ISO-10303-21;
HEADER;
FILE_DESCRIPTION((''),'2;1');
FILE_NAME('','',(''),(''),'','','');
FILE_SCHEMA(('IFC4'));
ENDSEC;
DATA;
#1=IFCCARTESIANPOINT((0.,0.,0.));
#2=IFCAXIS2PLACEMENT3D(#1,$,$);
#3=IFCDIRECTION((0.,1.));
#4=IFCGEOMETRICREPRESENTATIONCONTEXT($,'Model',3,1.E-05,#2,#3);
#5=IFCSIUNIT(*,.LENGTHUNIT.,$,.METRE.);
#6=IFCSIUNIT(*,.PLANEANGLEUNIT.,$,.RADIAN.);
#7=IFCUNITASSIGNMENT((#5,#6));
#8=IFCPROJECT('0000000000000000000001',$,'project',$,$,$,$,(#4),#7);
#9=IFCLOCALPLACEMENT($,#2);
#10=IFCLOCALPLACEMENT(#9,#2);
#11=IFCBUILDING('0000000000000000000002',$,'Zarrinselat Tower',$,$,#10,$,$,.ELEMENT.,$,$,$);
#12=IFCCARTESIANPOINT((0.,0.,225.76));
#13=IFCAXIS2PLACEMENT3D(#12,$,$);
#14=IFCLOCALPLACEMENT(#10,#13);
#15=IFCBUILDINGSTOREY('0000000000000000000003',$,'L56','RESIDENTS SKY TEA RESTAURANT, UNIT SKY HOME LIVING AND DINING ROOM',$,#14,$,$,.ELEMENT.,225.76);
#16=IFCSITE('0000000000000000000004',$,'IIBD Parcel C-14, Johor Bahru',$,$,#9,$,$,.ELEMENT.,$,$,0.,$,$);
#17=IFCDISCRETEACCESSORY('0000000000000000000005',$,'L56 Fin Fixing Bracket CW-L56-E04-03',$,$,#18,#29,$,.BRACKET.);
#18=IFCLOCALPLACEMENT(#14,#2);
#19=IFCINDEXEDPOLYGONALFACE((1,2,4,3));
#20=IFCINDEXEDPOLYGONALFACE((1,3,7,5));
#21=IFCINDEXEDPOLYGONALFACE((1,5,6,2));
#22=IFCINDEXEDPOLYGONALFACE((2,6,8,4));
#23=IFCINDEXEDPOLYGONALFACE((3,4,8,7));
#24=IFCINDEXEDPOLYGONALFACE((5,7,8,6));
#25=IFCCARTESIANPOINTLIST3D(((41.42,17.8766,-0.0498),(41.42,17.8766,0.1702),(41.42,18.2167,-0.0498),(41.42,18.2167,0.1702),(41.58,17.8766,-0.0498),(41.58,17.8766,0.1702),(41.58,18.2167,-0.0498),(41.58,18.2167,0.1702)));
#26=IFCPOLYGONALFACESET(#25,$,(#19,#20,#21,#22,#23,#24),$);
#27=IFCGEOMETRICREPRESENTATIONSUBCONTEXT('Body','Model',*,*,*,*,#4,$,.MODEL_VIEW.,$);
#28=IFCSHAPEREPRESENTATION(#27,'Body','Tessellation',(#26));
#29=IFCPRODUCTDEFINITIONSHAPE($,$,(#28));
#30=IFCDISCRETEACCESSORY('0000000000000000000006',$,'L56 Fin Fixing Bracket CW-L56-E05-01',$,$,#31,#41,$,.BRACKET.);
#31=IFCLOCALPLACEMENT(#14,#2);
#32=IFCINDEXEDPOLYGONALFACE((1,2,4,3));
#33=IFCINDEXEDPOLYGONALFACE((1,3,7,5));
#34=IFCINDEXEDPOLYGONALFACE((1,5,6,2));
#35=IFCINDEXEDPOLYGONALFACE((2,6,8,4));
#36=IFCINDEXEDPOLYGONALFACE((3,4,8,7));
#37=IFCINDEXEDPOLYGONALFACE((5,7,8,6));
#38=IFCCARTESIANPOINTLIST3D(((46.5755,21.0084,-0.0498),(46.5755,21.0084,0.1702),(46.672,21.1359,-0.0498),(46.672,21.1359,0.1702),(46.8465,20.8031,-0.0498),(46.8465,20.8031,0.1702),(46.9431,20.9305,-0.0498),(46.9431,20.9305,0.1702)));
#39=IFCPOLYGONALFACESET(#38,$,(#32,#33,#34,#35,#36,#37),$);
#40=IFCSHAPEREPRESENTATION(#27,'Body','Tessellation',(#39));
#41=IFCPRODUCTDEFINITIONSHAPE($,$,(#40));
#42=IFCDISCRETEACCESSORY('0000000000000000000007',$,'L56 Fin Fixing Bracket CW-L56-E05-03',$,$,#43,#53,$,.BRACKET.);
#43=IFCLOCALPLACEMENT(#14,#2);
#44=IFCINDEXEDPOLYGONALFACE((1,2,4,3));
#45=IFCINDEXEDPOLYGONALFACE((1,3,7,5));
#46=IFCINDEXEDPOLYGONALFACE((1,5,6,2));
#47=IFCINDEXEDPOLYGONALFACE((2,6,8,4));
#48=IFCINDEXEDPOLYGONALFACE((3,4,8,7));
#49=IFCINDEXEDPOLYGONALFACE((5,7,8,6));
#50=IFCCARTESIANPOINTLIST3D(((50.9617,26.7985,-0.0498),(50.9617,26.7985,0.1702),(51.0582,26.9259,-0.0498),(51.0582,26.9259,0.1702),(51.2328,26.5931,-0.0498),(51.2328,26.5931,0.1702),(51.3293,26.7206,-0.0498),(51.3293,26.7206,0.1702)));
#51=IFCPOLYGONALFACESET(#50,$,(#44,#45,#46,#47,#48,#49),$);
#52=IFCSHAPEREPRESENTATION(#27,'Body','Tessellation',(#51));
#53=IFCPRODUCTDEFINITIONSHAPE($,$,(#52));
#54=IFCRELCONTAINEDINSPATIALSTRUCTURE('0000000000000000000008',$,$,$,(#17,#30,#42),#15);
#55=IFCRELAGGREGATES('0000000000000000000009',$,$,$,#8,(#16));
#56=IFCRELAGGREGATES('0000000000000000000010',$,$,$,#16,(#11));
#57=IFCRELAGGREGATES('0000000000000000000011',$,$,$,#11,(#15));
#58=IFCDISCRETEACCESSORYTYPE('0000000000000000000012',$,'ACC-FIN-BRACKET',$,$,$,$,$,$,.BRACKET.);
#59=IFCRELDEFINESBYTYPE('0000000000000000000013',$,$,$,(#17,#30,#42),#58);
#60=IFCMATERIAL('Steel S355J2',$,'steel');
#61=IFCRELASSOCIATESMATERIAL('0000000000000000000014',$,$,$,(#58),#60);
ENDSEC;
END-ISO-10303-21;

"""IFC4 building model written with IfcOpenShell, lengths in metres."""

from ifc_helpers import new_model, si_unit, direction, frame, origin, origin_2d, place, context, subcontext, project, spatial, rectangle, extrude, material, type_object, element, save


model = new_model("IFC4")

# Units and contexts
model_context = context("Model", 3, precision=1e-05, world=origin(), true_north=direction((0.0, 1.0)))
body_context = subcontext(model_context, "Body", "Model", "MODEL_VIEW")
ifc_project = project(units=[si_unit("LENGTHUNIT", "METRE"), si_unit("PLANEANGLEUNIT", "RADIAN")], contexts=[model_context])

# Site, building, storey
site_placement = place(None, origin())
site = spatial("IfcSite", under=ifc_project, at=site_placement, Name="IIBD Parcel C-14, Johor Bahru", CompositionType="ELEMENT", RefElevation=0.0)
building_placement = place(site_placement, origin())
building = spatial("IfcBuilding", under=site, at=building_placement, Name="Zarrinselat Tower", CompositionType="ELEMENT")
storey_placement = place(building_placement, frame((0.0, 0.0, 225.76)))
storey = spatial("IfcBuildingStorey", under=building, at=storey_placement, Name="L56", Description="RESIDENTS SKY TEA RESTAURANT, UNIT SKY HOME LIVING AND DINING ROOM", CompositionType="ELEMENT", Elevation=225.76)

# Discrete accessories
ifc_material_1 = material(Name="Steel S355J2", Category="steel")
discrete_accessory_type = type_object("IfcDiscreteAccessoryType", Name="ACC-FIN-BRACKET", PredefinedType="BRACKET", material=ifc_material_1)
for number, where, z_axis, x_axis, name in (
    (1, (41.5, 18.0466, -0.0498), (0.0, 0.0, 1.0), (0.0, -1.0, 0.0), "L56 Fin Fixing Bracket CW-L56-E04-03"),
    (2, (46.7593, 20.9695, -0.0498), (0.0, 0.0, 1.0), (0.797091, -0.603859, 0.0), "L56 Fin Fixing Bracket CW-L56-E05-01"),
    (3, (51.1455, 26.7595, -0.0498), (0.0, 0.0, 1.0), (0.797091, -0.603859, 0.0), "L56 Fin Fixing Bracket CW-L56-E05-03"),
):
    element("IfcDiscreteAccessory", number, at=place(storey_placement, frame(where, z_axis=z_axis, x_axis=x_axis)), inside=storey, type_object=discrete_accessory_type, Name=name, PredefinedType="BRACKET", context=body_context, shape_type="SweptSolid", body=[
        extrude(rectangle(XDim=0.3401, YDim=0.1599, at=origin_2d()), origin(), (0.0, 0.0, 1.0), 0.22),
    ])

save(model, "model.ifc")
